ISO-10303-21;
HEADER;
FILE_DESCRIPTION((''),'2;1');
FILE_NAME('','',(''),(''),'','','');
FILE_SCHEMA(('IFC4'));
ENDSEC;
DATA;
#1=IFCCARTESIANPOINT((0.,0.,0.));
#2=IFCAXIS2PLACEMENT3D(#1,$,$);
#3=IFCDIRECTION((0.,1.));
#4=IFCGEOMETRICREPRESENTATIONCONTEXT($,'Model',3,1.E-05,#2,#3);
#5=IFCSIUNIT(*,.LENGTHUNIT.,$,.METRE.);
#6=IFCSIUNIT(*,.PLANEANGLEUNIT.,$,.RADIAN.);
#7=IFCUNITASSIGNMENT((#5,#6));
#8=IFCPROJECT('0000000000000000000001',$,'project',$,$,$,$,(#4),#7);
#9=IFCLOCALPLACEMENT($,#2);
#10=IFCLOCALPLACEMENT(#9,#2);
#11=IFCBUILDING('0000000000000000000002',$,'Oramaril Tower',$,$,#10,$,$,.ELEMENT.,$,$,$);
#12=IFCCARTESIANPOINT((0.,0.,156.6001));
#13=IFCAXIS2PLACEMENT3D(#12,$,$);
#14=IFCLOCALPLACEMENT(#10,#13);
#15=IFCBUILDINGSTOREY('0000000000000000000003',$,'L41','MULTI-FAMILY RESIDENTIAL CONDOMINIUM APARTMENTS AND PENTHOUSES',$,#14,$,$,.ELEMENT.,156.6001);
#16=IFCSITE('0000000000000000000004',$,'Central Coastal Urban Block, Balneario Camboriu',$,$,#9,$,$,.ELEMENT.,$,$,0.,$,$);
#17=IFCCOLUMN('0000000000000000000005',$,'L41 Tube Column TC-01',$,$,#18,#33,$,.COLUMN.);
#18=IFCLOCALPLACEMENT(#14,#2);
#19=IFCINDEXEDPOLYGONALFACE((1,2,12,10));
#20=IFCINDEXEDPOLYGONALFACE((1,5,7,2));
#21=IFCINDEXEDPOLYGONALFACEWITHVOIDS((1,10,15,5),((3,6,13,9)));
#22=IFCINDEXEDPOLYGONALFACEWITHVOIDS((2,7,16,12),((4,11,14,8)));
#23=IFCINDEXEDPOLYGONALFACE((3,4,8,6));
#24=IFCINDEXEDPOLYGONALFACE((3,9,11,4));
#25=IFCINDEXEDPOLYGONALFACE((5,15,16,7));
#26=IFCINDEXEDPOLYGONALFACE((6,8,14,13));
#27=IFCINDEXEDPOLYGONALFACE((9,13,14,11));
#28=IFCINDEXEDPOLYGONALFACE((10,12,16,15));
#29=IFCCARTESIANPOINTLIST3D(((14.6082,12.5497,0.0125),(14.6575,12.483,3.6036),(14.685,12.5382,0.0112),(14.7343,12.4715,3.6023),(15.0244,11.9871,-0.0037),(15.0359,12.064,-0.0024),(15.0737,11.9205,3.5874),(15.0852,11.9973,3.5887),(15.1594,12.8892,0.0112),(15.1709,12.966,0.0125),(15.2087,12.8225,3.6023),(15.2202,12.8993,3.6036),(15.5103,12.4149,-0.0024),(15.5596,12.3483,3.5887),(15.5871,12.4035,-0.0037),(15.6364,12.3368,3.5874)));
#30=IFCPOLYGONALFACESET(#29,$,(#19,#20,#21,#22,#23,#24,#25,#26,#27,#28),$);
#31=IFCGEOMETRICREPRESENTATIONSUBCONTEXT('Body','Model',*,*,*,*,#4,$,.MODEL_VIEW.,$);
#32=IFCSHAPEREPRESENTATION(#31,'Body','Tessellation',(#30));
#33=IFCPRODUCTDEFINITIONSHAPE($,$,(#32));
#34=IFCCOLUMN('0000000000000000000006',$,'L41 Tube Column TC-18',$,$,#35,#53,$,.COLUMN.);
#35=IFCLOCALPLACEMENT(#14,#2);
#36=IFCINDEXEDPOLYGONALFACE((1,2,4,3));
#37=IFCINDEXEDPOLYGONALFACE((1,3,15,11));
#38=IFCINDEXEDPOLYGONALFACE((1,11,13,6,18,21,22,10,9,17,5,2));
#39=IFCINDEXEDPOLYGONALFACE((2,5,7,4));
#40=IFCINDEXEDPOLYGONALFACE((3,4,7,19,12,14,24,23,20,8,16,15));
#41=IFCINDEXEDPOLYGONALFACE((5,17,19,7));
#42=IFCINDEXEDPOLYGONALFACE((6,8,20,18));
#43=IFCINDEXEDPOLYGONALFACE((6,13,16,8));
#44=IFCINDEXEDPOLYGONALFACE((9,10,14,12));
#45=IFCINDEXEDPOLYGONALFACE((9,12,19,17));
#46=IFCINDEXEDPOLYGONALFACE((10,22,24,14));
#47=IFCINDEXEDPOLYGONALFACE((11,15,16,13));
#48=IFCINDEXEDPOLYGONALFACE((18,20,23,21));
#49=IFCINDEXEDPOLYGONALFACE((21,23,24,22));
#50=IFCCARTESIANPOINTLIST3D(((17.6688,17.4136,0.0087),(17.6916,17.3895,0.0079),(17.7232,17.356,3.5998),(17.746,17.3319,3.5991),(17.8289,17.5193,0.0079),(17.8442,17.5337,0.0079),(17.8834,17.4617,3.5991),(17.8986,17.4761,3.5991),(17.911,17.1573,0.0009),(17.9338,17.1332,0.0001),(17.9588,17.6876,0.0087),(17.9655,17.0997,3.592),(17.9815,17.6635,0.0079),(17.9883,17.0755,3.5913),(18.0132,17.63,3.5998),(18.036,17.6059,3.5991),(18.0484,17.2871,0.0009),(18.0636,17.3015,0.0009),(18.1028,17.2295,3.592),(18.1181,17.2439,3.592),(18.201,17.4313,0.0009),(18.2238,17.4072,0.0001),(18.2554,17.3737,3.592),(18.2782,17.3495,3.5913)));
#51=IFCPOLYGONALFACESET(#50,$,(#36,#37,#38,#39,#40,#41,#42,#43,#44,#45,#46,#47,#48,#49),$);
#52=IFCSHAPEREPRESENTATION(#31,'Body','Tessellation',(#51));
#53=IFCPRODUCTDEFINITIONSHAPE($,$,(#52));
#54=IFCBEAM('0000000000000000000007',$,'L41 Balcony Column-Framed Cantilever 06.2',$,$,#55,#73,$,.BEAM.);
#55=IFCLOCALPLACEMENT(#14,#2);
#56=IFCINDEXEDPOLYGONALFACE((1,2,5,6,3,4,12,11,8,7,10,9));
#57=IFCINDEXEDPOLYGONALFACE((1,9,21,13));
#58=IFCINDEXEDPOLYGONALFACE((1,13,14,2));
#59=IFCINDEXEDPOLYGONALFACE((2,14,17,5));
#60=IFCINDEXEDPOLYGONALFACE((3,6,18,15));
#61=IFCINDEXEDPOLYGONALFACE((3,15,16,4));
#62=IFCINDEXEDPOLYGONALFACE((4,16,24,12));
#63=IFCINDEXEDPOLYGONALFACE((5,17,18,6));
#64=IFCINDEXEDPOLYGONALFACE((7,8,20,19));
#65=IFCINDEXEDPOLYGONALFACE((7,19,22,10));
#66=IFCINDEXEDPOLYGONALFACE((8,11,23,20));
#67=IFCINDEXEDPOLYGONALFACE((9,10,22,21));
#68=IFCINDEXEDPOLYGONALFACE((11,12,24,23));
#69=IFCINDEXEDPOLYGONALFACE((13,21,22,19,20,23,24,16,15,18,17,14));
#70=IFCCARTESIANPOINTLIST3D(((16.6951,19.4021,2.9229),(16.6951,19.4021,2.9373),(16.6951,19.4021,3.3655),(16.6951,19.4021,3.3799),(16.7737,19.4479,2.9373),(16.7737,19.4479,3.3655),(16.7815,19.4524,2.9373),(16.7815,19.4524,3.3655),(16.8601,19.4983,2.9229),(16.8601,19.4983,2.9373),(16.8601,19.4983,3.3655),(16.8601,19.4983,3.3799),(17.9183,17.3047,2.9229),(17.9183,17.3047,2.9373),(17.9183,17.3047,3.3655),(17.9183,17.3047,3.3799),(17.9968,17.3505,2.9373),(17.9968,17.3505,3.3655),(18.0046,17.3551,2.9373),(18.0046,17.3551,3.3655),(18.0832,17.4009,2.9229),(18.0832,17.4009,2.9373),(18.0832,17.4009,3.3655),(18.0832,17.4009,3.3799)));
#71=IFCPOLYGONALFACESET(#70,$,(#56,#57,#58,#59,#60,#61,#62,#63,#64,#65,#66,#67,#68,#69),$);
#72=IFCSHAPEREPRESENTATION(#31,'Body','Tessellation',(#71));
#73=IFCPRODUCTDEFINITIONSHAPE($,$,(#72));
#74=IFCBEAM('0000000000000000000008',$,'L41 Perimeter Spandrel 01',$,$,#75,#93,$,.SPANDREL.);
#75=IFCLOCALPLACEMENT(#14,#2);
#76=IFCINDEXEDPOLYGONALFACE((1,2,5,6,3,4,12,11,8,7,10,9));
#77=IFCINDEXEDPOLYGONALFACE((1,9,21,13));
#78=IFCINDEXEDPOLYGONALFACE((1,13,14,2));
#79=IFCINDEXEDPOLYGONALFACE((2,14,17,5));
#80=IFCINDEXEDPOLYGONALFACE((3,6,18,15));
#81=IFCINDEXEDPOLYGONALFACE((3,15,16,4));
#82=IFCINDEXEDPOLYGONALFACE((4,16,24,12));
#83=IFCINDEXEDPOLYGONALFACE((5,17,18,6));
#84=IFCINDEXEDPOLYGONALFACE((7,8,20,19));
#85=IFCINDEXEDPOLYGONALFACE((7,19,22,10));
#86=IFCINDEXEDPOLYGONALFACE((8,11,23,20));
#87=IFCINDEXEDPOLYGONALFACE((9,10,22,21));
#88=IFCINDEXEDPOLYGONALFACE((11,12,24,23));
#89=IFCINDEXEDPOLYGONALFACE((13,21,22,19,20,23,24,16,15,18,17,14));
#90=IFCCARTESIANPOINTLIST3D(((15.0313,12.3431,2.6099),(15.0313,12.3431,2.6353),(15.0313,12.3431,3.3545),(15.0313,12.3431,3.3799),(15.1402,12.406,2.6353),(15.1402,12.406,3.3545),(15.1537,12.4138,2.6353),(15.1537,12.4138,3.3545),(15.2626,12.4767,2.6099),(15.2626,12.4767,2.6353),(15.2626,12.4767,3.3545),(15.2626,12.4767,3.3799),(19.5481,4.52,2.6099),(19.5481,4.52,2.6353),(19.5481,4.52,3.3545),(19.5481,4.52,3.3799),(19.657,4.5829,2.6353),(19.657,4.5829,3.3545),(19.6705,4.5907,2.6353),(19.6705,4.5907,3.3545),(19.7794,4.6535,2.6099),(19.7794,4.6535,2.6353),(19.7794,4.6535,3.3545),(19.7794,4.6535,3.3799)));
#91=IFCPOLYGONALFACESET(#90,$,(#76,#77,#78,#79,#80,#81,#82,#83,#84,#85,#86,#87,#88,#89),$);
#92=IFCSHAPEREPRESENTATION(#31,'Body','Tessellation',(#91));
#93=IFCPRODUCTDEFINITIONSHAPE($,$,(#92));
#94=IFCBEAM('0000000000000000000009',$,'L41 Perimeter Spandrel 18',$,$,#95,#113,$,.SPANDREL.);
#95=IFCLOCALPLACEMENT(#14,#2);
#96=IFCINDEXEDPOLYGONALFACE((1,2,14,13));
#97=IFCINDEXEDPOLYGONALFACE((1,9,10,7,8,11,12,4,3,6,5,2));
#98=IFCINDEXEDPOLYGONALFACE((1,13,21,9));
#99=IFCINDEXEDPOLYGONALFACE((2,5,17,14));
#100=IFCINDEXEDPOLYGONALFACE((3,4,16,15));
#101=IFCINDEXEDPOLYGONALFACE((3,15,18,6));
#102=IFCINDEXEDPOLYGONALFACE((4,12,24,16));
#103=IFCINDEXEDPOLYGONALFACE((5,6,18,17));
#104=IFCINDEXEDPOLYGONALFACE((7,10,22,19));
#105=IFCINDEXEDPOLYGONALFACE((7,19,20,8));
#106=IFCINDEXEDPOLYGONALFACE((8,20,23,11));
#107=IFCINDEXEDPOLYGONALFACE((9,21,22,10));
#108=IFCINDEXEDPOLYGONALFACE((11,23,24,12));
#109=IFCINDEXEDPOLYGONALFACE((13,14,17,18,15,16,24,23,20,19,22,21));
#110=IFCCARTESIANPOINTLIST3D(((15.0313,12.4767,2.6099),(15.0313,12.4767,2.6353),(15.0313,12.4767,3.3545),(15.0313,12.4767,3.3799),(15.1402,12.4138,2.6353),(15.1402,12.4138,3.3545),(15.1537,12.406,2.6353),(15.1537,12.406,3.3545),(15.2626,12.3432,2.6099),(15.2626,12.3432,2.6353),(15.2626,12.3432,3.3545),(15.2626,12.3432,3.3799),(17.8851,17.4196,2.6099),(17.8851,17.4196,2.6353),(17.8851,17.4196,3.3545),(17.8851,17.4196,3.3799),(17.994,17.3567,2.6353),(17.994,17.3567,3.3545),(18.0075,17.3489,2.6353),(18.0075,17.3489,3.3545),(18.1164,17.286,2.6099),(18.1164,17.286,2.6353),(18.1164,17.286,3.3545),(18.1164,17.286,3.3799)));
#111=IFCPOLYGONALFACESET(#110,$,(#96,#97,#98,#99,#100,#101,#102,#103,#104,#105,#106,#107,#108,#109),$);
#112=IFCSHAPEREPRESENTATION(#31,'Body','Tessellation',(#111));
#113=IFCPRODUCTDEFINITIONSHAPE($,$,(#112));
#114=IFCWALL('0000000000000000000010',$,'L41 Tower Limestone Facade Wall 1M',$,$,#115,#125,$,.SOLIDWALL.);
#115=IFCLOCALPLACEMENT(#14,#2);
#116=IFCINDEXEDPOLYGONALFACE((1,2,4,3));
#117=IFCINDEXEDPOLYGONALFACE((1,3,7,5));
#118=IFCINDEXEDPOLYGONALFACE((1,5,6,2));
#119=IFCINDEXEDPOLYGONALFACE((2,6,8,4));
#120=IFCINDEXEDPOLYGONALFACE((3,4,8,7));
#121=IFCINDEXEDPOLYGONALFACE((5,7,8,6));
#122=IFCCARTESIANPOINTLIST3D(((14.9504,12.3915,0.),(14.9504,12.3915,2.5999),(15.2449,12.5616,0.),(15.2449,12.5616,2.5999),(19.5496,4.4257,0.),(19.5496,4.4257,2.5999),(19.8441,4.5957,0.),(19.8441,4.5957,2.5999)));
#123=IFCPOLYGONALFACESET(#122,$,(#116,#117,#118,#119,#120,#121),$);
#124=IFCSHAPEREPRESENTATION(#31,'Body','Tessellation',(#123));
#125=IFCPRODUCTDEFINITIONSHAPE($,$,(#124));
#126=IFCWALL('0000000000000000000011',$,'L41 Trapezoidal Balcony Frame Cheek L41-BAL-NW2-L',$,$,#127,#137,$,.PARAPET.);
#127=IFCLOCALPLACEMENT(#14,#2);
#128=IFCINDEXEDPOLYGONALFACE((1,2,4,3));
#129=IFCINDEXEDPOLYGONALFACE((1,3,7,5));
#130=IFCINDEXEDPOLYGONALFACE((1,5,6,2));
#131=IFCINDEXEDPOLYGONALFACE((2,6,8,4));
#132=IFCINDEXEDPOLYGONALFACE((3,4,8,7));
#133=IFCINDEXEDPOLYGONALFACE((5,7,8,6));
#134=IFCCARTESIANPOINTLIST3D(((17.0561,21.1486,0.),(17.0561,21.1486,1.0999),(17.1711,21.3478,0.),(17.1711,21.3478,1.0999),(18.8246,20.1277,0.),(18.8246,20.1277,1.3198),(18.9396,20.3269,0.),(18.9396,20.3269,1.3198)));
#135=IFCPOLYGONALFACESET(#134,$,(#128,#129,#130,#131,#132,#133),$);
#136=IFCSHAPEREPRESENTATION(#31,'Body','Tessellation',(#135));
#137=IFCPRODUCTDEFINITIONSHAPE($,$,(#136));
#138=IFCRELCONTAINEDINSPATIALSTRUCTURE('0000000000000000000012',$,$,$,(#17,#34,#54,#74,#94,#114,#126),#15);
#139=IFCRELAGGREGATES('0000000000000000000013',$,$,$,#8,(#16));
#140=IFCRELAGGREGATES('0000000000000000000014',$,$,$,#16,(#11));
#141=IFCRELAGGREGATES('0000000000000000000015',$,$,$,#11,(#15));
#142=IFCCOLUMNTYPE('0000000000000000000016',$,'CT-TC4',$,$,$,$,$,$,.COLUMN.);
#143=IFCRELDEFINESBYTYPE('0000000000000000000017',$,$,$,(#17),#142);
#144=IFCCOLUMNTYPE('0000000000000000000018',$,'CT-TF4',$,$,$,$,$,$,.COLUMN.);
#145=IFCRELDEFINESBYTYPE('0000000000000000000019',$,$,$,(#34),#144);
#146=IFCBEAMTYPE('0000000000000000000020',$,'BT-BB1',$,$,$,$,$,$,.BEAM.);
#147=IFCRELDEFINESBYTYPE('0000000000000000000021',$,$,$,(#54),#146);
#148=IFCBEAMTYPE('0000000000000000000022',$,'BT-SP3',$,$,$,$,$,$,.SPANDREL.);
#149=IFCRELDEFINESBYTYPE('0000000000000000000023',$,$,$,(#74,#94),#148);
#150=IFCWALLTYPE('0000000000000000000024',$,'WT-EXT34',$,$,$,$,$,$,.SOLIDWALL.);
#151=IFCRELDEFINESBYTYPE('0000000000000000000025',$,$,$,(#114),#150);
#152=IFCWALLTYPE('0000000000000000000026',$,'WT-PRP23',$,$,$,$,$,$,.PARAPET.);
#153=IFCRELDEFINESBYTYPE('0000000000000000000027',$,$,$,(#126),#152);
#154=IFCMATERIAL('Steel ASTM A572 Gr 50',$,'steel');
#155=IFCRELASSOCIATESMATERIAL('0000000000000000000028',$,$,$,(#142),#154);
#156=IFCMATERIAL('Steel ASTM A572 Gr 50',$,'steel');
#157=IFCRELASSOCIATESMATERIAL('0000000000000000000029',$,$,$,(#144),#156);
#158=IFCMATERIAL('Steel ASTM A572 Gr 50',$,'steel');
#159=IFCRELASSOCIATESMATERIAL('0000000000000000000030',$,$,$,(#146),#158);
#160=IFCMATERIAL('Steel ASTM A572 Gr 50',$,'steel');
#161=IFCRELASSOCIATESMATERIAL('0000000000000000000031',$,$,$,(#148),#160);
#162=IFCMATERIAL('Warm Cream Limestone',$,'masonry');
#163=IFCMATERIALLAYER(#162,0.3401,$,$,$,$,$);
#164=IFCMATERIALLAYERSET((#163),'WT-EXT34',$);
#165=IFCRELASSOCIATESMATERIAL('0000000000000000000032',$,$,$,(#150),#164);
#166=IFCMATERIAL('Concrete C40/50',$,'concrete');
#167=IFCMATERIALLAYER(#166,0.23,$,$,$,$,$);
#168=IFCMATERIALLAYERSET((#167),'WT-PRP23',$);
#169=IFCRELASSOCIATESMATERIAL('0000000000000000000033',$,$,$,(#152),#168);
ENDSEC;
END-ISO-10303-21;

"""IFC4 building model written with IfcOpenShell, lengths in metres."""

from ifc_helpers import new_model, si_unit, direction, frame, frame_2d, origin, origin_2d, place, context, subcontext, project, spatial, polyline, rectangle, hollow_rectangle, i_section, outline, extrude, material, layer, layer_set, material_profile, profile_set, type_object, element, save


model = new_model("IFC4")

# Units and contexts
model_context = context("Model", 3, precision=1e-05, world=origin(), true_north=direction((0.0, 1.0)))
body_context = subcontext(model_context, "Body", "Model", "MODEL_VIEW")
ifc_project = project(units=[si_unit("LENGTHUNIT", "METRE"), si_unit("PLANEANGLEUNIT", "RADIAN")], contexts=[model_context])

# Site, building, storey
site_placement = place(None, origin())
site = spatial("IfcSite", under=ifc_project, at=site_placement, Name="Central Coastal Urban Block, Balneario Camboriu", CompositionType="ELEMENT", RefElevation=0.0)
building_placement = place(site_placement, origin())
building = spatial("IfcBuilding", under=site, at=building_placement, Name="Oramaril Tower", CompositionType="ELEMENT")
storey_placement = place(building_placement, frame((0.0, 0.0, 156.6001)))
storey = spatial("IfcBuildingStorey", under=building, at=storey_placement, Name="L41", Description="MULTI-FAMILY RESIDENTIAL CONDOMINIUM APARTMENTS AND PENTHOUSES", CompositionType="ELEMENT", Elevation=156.6001)

# Columns
ifc_material_1 = material(Name="Steel ASTM A572 Gr 50", Category="steel")
ifc_material_profile_1 = material_profile(ifc_material_1, hollow_rectangle(XDim=0.7, YDim=0.7, WallThickness=0.0549, at=origin_2d()), Name="BOX700X700X55")
ifc_profile_set_1 = profile_set([ifc_material_profile_1], Name="Steel ASTM A572 Gr 50")
column_type_1 = type_object("IfcColumnType", Name="CT-TC4", PredefinedType="COLUMN", material=ifc_profile_set_1)
column_1_placement = place(storey_placement, frame((15.0977, 12.4766, 0.0044), z_axis=(0.013729, -0.018555, 0.999734), x_axis=(0.80387, 0.594805, 0.0)))
element("IfcColumn", 1, at=column_1_placement, inside=storey, type_object=column_type_1, Name="L41 Tube Column TC-01", PredefinedType="COLUMN", context=body_context, shape_type="SweptSolid", body=[
    extrude(hollow_rectangle(XDim=0.7, YDim=0.7, WallThickness=0.0549, at=origin_2d()), origin(), (0.0, 0.0, 1.0), 3.592),
])
ifc_material_2 = material(Name="Steel ASTM A572 Gr 50", Category="steel")
ifc_material_profile_2 = material_profile(ifc_material_2, i_section(OverallWidth=0.3989, OverallDepth=0.386, WebThickness=0.021, FlangeThickness=0.0332, at=origin_2d()), Name="W14X176")
ifc_profile_set_2 = profile_set([ifc_material_profile_2], Name="Steel ASTM A572 Gr 50")
column_type_2 = type_object("IfcColumnType", Name="CT-TF4", PredefinedType="COLUMN", material=ifc_profile_set_2)
column_2_placement = place(storey_placement, frame((17.9463, 17.4104, 0.0044), z_axis=(0.015157, -0.016041, 0.999756), x_axis=(0.726842, 0.686804, 0.0)))
element("IfcColumn", 2, at=column_2_placement, inside=storey, type_object=column_type_2, Name="L41 Tube Column TC-18", PredefinedType="COLUMN", context=body_context, shape_type="SweptSolid", body=[
    extrude(i_section(OverallWidth=0.3989, OverallDepth=0.386, WebThickness=0.021, FlangeThickness=0.0332, at=origin_2d()), origin(), (0.0, 0.0, 1.0), 3.592),
])

# Beams
ifc_material_3 = material(Name="Steel ASTM A572 Gr 50", Category="steel")
ifc_material_profile_3 = material_profile(ifc_material_3, i_section(OverallWidth=0.1909, OverallDepth=0.457, WebThickness=0.009, FlangeThickness=0.0144, at=origin_2d()), Name="W18X50")
ifc_profile_set_3 = profile_set([ifc_material_profile_3], Name="Steel ASTM A572 Gr 50")
beam_type_1 = type_object("IfcBeamType", Name="BT-BB1", PredefinedType="BEAM", material=ifc_profile_set_3)
beam_1_placement = place(storey_placement, frame((18.0007, 17.3528, 3.1514), z_axis=(-0.503765, 0.863841, 0.0), x_axis=(-0.863841, -0.503765, 0.0)))
element("IfcBeam", 3, at=beam_1_placement, inside=storey, type_object=beam_type_1, Name="L41 Balcony Column-Framed Cantilever 06.2", PredefinedType="BEAM", context=body_context, shape_type="SweptSolid", body=[
    extrude(i_section(OverallWidth=0.1909, OverallDepth=0.457, WebThickness=0.009, FlangeThickness=0.0144, at=origin_2d()), origin(), (0.0, 0.0, 1.0), 2.428),
])
ifc_material_4 = material(Name="Steel ASTM A572 Gr 50", Category="steel")
ifc_material_profile_4 = material_profile(ifc_material_4, i_section(OverallWidth=0.2671, OverallDepth=0.77, WebThickness=0.0156, FlangeThickness=0.0254, at=origin_2d()), Name="W30X132")
ifc_profile_set_4 = profile_set([ifc_material_profile_4], Name="Steel ASTM A572 Gr 50")
beam_type_2 = type_object("IfcBeamType", Name="BT-SP3", PredefinedType="SPANDREL", material=ifc_profile_set_4)
beam_2_placement = place(storey_placement, frame((15.147, 12.4099, 2.9949), z_axis=(0.500008, -0.866021, 0.0), x_axis=(0.866021, 0.500008, 0.0)))
element("IfcBeam", 4, at=beam_2_placement, inside=storey, type_object=beam_type_2, Name="L41 Perimeter Spandrel 01", PredefinedType="SPANDREL", context=body_context, shape_type="SweptSolid", body=[
    extrude(i_section(OverallWidth=0.2671, OverallDepth=0.77, WebThickness=0.0156, FlangeThickness=0.0254, at=origin_2d()), origin(), (0.0, 0.0, 1.0), 9.0334),
])
beam_3_placement = place(storey_placement, frame((18.0007, 17.3528, 2.9949), z_axis=(-0.499999, -0.866026, 0.0), x_axis=(0.866026, -0.499999, 0.0)))
element("IfcBeam", 5, at=beam_3_placement, inside=storey, type_object=beam_type_2, Name="L41 Perimeter Spandrel 18", PredefinedType="SPANDREL", context=body_context, shape_type="SweptSolid", body=[
    extrude(i_section(OverallWidth=0.2671, OverallDepth=0.77, WebThickness=0.0156, FlangeThickness=0.0254, at=origin_2d()), origin(), (0.0, 0.0, 1.0), 5.7075),
])

# Walls
ifc_material_5 = material(Name="Warm Cream Limestone", Category="masonry")
ifc_layer_1 = layer(ifc_material_5, 0.3401)
ifc_layer_set_1 = layer_set([ifc_layer_1], Name="WT-EXT34")
wall_type_1 = type_object("IfcWallType", Name="WT-EXT34", PredefinedType="SOLIDWALL", material=ifc_layer_set_1)
wall_1_placement = place(storey_placement, frame((15.0977, 12.4766, 0.0), z_axis=(0.0, 0.0, 1.0), x_axis=(0.500004, -0.866023, 0.0)))
element("IfcWall", 6, at=wall_1_placement, inside=storey, type_object=wall_type_1, Name="L41 Tower Limestone Facade Wall 1M", PredefinedType="SOLIDWALL", context=body_context, shape_type="SweptSolid", body=[
    extrude(rectangle(XDim=9.1982, YDim=0.3401, at=frame_2d((4.5991, 0.0))), origin(), (0.0, 0.0, 1.0), 2.5999),
])
ifc_material_6 = material(Name="Concrete C40/50", Category="concrete")
ifc_layer_2 = layer(ifc_material_6, 0.23)
ifc_layer_set_2 = layer_set([ifc_layer_2], Name="WT-PRP23")
wall_type_2 = type_object("IfcWallType", Name="WT-PRP23", PredefinedType="PARAPET", material=ifc_layer_set_2)
wall_2_placement = place(storey_placement, frame((18.8821, 20.2273, 0.0), z_axis=(0.0, 0.0, 1.0), x_axis=(-0.866042, 0.499971, 0.0)))
element("IfcWall", 7, at=wall_2_placement, inside=storey, type_object=wall_type_2, Name="L41 Trapezoidal Balcony Frame Cheek L41-BAL-NW2-L", PredefinedType="PARAPET", context=body_context, shape_type="SweptSolid", body=[
    extrude(outline(polyline([(0.0, 0.0), (2.042, 0.0), (2.042, 1.0999), (0.0, 1.3198), (0.0, 0.0)])), frame((0.0, 0.115, 0.0), z_axis=(0.0, -1.0, 0.0), x_axis=(1.0, 0.0, 0.0)), (0.0, 0.0, 1.0), 0.23),
])

save(model, "model.ifc")
